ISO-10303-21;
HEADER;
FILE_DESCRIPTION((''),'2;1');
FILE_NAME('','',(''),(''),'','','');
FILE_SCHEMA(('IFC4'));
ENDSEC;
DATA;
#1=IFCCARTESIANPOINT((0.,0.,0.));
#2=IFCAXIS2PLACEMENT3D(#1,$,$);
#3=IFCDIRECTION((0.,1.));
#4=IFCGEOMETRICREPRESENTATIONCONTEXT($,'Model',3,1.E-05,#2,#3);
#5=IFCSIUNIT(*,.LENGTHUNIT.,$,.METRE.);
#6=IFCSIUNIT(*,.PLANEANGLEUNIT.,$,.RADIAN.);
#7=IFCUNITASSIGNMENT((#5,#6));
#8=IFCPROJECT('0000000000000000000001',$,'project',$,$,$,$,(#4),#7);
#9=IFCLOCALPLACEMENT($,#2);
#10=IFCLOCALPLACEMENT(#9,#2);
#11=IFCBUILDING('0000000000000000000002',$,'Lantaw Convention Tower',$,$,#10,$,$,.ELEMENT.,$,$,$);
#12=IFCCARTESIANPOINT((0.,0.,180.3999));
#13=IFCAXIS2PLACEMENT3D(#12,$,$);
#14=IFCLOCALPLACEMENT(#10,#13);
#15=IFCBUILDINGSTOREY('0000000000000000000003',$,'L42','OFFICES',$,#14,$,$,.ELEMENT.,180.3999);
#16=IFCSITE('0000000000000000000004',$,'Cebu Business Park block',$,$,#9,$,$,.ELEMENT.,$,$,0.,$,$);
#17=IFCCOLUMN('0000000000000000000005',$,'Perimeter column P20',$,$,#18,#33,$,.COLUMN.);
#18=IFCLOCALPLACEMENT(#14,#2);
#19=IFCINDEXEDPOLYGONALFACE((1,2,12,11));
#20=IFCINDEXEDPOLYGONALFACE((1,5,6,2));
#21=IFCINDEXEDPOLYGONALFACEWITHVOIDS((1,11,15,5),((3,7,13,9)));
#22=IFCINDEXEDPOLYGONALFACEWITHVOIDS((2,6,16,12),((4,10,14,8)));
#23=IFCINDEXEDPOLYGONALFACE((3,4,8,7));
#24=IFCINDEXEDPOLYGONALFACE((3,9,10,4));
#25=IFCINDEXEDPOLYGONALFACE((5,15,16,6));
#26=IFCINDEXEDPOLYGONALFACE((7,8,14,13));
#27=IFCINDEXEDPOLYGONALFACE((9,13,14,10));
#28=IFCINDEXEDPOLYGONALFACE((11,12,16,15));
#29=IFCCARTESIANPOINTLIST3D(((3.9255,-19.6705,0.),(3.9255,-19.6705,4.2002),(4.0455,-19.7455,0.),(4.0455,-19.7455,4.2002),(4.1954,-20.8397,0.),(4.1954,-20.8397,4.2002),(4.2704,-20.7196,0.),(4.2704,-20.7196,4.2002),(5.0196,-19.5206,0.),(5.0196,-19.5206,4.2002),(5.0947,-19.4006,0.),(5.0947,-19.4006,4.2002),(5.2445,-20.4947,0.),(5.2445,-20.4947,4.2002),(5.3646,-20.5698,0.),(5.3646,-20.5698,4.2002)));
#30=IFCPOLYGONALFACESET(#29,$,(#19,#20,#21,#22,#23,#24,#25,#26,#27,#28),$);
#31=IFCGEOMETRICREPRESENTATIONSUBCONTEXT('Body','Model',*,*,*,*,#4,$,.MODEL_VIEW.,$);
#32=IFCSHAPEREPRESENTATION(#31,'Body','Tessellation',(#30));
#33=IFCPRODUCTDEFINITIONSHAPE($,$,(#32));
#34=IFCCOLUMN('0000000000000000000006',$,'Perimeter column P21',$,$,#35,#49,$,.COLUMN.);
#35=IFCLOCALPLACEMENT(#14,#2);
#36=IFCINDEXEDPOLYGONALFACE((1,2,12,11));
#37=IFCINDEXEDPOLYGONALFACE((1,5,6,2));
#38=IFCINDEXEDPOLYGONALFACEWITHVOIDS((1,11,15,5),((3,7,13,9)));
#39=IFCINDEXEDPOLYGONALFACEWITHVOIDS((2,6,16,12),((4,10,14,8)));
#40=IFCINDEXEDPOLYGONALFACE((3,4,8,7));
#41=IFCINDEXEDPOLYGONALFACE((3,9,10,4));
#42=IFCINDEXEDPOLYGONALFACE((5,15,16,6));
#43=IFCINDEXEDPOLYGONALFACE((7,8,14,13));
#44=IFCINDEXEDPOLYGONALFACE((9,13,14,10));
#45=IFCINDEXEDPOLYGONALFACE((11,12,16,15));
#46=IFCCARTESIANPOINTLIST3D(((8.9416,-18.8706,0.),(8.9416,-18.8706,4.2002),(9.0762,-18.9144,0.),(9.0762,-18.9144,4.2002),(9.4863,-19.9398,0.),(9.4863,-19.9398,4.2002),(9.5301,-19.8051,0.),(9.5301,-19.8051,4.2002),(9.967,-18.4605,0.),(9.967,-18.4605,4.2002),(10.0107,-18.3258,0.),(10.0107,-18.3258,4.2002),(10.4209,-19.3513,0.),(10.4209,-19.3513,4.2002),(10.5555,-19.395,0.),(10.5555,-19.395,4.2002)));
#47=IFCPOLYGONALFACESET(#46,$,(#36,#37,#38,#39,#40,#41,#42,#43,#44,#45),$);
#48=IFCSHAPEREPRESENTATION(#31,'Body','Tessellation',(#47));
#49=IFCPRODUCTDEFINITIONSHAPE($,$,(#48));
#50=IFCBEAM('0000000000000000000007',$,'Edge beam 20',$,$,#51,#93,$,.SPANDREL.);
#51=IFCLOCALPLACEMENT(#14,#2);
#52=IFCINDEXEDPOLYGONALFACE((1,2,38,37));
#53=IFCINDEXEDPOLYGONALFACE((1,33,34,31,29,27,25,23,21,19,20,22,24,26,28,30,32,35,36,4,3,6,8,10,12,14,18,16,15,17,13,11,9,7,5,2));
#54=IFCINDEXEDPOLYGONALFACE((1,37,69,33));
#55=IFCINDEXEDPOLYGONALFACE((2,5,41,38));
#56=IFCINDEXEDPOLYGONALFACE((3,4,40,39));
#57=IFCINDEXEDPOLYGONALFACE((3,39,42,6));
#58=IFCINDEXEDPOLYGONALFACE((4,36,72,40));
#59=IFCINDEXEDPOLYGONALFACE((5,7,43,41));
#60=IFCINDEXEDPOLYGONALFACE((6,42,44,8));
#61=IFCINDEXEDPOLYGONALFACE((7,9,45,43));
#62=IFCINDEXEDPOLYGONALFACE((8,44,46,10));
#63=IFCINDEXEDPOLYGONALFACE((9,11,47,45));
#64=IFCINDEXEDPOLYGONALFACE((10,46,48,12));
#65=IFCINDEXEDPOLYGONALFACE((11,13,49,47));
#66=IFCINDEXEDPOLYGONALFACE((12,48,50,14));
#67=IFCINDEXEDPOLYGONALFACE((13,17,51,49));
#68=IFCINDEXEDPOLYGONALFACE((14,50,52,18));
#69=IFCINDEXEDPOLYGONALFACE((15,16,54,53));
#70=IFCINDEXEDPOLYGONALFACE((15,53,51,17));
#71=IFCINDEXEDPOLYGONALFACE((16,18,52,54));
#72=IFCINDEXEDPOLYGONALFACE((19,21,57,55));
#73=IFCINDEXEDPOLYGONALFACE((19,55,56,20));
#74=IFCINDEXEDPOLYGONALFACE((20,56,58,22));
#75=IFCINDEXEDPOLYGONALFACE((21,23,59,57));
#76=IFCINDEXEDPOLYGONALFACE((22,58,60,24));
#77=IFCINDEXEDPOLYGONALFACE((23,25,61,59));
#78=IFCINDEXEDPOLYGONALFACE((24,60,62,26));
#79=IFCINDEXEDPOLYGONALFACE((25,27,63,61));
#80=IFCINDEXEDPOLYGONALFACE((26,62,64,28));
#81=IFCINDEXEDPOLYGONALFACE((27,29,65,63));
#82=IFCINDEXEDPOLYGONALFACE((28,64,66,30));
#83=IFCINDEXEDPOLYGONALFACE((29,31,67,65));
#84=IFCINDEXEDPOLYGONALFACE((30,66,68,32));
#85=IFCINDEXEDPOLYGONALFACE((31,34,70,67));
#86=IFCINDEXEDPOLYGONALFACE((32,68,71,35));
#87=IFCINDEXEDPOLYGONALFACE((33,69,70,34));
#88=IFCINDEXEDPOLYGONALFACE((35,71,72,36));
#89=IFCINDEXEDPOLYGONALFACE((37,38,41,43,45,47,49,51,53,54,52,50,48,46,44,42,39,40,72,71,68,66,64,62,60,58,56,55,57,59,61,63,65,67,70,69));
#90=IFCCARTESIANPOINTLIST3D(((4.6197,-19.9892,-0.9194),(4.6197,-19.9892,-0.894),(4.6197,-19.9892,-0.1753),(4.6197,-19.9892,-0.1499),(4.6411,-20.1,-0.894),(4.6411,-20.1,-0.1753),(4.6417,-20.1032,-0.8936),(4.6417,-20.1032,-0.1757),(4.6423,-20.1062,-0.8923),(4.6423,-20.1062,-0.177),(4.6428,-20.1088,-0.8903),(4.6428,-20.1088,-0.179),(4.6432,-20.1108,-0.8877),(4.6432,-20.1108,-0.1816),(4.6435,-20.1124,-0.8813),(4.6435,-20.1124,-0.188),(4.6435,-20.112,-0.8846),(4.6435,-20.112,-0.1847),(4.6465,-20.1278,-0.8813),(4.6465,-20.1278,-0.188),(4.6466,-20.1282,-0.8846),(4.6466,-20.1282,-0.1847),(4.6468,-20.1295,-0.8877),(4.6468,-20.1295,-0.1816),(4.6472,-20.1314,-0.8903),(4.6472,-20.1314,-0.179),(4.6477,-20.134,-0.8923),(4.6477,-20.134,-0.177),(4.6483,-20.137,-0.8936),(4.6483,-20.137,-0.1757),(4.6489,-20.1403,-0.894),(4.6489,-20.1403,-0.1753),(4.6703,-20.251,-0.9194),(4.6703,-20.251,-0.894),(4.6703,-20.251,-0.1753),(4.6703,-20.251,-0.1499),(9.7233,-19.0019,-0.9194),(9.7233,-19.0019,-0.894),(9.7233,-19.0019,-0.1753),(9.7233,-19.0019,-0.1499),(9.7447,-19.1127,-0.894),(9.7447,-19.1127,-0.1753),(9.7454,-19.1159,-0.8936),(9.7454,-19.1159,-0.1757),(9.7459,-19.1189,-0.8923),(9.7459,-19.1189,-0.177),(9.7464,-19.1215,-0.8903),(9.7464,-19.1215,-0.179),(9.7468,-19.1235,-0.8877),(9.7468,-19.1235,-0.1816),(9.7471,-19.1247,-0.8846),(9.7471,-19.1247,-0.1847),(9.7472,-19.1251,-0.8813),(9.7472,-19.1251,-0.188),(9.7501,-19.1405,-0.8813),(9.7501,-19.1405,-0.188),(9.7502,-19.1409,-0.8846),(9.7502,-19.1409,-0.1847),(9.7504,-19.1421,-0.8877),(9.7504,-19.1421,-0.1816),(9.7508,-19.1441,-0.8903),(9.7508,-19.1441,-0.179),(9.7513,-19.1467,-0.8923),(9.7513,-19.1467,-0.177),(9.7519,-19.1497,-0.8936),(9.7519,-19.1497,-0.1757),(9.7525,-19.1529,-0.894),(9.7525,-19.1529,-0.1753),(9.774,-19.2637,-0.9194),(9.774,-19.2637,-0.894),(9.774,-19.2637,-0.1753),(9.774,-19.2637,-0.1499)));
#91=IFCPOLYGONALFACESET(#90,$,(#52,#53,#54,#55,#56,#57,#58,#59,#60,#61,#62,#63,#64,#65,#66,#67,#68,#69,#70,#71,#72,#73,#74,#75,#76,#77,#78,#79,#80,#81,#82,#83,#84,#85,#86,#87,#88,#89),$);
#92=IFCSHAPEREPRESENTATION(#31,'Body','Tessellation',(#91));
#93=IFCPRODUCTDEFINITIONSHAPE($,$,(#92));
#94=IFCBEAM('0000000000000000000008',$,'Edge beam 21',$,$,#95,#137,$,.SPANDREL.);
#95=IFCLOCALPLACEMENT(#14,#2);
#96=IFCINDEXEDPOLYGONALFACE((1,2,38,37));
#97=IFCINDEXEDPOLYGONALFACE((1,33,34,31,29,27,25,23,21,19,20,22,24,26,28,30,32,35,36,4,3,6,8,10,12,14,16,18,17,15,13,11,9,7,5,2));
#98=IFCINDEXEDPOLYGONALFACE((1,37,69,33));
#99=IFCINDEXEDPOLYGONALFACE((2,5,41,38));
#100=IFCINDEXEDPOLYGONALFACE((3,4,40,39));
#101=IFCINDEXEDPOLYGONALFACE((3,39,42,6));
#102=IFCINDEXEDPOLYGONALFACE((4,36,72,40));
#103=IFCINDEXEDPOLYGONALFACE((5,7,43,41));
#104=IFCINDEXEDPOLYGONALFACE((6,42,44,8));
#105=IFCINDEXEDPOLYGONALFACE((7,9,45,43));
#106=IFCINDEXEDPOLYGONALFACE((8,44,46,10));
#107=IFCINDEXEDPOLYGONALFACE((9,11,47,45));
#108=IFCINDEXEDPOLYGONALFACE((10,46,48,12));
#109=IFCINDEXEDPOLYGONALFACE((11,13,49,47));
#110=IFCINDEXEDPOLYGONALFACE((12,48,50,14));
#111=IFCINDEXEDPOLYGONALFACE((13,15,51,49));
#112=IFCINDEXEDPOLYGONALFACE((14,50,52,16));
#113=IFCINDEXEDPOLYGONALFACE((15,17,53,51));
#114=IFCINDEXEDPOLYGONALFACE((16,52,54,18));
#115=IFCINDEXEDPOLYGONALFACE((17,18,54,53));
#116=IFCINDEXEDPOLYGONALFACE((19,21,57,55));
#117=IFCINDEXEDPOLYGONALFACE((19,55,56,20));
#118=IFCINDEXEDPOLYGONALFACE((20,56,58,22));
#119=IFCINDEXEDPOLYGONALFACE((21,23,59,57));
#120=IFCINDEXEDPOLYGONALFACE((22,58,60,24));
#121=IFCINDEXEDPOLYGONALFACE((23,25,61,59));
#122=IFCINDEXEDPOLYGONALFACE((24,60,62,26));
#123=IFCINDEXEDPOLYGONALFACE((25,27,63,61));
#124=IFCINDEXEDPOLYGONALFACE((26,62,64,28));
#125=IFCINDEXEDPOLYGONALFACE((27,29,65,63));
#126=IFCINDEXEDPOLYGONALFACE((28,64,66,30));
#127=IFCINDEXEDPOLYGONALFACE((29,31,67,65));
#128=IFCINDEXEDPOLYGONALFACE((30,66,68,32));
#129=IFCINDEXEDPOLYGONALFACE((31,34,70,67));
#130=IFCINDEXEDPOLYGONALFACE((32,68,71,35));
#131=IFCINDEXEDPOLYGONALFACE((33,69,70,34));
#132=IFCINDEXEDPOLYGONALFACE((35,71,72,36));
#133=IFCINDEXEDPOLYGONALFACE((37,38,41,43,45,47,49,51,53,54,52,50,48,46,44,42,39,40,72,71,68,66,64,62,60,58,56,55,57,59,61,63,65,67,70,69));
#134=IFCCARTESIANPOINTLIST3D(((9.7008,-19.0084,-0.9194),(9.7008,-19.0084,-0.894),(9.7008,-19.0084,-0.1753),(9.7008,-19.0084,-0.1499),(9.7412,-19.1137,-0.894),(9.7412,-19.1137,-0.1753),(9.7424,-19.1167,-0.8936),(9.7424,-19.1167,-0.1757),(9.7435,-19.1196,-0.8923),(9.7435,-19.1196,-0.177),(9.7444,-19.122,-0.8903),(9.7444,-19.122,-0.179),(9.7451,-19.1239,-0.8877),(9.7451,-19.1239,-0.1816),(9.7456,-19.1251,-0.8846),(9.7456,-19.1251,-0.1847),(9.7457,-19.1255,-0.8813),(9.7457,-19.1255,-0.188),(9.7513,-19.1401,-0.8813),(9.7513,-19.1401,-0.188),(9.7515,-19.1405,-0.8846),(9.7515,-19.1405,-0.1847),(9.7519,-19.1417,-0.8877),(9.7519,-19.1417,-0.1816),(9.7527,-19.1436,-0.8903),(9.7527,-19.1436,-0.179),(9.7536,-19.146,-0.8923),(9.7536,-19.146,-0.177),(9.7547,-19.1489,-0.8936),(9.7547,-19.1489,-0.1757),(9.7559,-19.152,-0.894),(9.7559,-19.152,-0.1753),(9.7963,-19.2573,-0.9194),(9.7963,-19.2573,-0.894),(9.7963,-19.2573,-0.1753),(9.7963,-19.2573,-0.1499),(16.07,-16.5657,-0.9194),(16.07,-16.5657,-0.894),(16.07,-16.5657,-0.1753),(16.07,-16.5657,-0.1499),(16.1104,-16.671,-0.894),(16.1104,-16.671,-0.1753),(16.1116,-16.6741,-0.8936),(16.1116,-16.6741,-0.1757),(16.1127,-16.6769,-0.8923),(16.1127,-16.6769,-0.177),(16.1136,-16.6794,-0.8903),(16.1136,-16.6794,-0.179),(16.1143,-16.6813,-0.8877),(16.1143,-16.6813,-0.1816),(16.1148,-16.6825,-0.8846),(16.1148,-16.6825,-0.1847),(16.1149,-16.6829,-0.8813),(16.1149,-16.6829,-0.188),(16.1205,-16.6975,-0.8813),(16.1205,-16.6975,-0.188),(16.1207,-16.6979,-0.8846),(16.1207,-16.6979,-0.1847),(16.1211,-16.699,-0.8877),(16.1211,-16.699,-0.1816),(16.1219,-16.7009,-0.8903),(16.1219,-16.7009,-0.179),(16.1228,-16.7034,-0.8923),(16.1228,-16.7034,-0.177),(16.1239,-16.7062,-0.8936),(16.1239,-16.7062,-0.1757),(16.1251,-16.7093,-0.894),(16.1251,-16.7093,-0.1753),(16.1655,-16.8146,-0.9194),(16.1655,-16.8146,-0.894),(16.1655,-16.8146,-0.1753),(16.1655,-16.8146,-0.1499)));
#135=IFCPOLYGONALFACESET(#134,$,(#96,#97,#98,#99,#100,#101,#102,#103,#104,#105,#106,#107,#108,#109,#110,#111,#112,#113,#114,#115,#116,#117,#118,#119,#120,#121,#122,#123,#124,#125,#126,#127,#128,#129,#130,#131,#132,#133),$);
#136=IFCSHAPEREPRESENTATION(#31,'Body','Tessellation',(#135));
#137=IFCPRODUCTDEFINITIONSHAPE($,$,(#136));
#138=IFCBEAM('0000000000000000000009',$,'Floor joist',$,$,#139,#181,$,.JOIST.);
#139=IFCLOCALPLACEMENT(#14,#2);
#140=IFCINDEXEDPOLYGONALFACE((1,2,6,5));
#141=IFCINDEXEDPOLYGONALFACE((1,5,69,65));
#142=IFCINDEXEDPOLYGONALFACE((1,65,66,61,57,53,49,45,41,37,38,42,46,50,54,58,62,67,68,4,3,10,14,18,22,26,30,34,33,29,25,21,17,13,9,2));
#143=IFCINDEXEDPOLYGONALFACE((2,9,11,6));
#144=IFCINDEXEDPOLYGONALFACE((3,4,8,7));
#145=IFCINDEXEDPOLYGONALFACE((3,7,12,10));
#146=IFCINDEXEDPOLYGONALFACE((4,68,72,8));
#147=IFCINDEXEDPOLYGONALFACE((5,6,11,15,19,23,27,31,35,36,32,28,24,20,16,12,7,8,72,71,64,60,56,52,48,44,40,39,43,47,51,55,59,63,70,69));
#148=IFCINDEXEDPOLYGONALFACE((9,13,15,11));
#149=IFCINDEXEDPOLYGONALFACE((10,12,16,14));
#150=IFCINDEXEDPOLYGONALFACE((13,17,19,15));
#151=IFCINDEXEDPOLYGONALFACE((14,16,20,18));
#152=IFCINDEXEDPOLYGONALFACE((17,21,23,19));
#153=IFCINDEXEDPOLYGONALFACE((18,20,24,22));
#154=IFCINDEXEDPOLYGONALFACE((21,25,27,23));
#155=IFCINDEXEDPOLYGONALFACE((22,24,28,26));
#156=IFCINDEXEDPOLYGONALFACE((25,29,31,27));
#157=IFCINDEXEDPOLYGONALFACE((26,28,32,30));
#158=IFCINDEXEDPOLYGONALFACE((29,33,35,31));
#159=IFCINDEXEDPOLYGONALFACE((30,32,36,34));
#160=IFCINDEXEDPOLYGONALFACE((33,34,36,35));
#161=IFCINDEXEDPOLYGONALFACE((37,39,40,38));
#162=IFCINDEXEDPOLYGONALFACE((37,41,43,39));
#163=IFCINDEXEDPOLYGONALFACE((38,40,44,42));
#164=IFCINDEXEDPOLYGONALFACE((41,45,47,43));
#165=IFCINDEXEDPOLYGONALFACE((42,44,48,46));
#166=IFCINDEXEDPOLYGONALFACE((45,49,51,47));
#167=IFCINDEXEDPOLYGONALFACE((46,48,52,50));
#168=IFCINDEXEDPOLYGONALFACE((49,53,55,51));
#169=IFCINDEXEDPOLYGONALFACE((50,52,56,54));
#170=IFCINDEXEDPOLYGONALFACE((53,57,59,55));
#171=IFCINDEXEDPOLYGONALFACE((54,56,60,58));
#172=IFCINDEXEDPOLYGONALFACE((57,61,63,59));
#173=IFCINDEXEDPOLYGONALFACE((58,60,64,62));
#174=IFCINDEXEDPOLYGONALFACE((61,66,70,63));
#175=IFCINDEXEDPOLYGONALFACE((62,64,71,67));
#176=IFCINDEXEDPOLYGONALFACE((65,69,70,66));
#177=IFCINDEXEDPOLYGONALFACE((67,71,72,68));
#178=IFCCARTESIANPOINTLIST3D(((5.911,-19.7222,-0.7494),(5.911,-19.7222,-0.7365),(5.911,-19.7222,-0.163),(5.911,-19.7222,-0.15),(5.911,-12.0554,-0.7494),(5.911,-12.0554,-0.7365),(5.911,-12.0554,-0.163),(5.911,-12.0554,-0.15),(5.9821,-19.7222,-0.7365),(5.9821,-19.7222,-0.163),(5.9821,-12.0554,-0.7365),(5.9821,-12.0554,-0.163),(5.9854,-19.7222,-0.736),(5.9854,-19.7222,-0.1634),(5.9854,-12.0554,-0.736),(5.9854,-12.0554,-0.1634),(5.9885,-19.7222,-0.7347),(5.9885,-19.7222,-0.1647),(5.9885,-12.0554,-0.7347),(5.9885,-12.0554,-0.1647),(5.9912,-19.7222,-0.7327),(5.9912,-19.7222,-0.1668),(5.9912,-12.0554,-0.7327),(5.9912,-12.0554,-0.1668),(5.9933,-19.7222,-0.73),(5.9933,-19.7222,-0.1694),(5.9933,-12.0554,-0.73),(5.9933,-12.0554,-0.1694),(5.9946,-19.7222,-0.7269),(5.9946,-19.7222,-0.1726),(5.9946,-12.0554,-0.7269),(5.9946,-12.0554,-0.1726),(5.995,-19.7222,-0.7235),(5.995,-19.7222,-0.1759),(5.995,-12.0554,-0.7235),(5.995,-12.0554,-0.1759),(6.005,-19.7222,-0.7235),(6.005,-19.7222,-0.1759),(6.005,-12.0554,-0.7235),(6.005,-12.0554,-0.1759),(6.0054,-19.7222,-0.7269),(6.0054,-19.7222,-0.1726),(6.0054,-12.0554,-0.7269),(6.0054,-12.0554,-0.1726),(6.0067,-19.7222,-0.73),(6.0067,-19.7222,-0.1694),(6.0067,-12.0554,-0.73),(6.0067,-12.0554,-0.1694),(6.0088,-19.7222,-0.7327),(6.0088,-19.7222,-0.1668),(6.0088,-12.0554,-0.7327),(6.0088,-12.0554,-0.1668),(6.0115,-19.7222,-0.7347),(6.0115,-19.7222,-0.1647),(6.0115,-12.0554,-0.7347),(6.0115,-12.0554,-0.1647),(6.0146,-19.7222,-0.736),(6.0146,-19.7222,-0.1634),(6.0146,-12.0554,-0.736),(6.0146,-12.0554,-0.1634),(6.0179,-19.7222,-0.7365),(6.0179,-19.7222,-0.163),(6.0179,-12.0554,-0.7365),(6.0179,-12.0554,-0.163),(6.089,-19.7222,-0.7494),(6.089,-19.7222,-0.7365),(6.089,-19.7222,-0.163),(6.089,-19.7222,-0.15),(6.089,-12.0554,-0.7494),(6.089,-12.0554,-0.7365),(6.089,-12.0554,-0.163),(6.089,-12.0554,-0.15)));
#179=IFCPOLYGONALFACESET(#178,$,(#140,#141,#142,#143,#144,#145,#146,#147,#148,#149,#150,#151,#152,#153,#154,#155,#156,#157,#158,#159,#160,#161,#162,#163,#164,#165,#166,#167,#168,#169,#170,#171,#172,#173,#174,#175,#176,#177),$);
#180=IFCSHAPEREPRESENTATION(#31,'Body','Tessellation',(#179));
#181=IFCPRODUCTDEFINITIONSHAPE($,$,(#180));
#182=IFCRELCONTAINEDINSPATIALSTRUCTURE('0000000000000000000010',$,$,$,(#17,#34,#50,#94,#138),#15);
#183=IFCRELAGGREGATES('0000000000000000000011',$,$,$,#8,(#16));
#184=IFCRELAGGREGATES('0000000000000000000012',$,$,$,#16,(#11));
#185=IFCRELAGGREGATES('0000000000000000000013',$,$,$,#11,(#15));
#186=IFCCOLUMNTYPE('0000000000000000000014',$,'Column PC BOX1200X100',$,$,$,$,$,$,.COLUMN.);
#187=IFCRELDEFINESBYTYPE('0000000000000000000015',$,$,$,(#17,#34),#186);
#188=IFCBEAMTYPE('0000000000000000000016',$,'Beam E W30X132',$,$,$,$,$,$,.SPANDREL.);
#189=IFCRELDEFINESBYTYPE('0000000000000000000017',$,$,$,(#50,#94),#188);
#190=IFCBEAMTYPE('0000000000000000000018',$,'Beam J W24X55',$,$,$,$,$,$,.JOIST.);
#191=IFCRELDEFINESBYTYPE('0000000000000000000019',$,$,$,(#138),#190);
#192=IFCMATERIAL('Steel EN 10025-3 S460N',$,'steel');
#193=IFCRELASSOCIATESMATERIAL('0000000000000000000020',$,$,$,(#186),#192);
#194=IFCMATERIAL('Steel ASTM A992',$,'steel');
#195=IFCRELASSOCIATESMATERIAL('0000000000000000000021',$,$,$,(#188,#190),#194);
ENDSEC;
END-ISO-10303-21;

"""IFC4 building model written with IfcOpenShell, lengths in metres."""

from ifc_helpers import new_model, si_unit, direction, frame, origin, origin_2d, place, context, subcontext, project, spatial, rectangle, hollow_rectangle, i_section, extrude, material, material_profile, profile_set, type_object, element, save


model = new_model("IFC4")

# Units and contexts
model_context = context("Model", 3, precision=1e-05, world=origin(), true_north=direction((0.0, 1.0)))
body_context = subcontext(model_context, "Body", "Model", "MODEL_VIEW")
ifc_project = project(units=[si_unit("LENGTHUNIT", "METRE"), si_unit("PLANEANGLEUNIT", "RADIAN")], contexts=[model_context])

# Site, building, storey
site_placement = place(None, origin())
site = spatial("IfcSite", under=ifc_project, at=site_placement, Name="Cebu Business Park block", CompositionType="ELEMENT", RefElevation=0.0)
building_placement = place(site_placement, origin())
building = spatial("IfcBuilding", under=site, at=building_placement, Name="Lantaw Convention Tower", CompositionType="ELEMENT")
storey_placement = place(building_placement, frame((0.0, 0.0, 180.3999)))
storey = spatial("IfcBuildingStorey", under=building, at=storey_placement, Name="L42", Description="OFFICES", CompositionType="ELEMENT", Elevation=180.3999)

# Columns
ifc_material_1 = material(Name="Steel EN 10025-3 S460N", Category="steel")
ifc_material_profile_1 = material_profile(ifc_material_1, hollow_rectangle(XDim=1.2, YDim=1.2, WallThickness=0.1001, at=origin_2d()), Name="BOX1200X100")
ifc_material_2 = material(Name="Concrete C60/75", Category="concrete")
ifc_material_profile_2 = material_profile(ifc_material_2, rectangle(XDim=1.0, YDim=1.0, at=origin_2d()), Name="Concrete fill of BOX1200X100")
ifc_profile_set_1 = profile_set([ifc_material_profile_1, ifc_material_profile_2], Name="Steel EN 10025-3 S460N")
column_type = type_object("IfcColumnType", Name="Column PC BOX1200X100", PredefinedType="COLUMN", material=ifc_profile_set_1)
for number, where, z_axis, x_axis, name in (
    (1, (4.645, -20.1201, 0.0), (0.0, 0.0, 1.0), (0.97437, 0.224951, 0.0), "Perimeter column P20"),
    (2, (9.7485, -19.1328, 0.0), (0.0, 0.0, 1.0), (0.891007, 0.45399, 0.0), "Perimeter column P21"),
):
    element("IfcColumn", number, at=place(storey_placement, frame(where, z_axis=z_axis, x_axis=x_axis)), inside=storey, type_object=column_type, Name=name, PredefinedType="COLUMN", context=body_context, shape_type="SweptSolid", body=[
        extrude(hollow_rectangle(XDim=1.2, YDim=1.2, WallThickness=0.1001, at=origin_2d()), origin(), (0.0, 0.0, 1.0), 4.2002),
    ])

# Beams
ifc_material_3 = material(Name="Steel ASTM A992", Category="steel")
ifc_material_profile_3 = material_profile(ifc_material_3, i_section(OverallWidth=0.2666, OverallDepth=0.7695, WebThickness=0.0156, FlangeThickness=0.0254, FilletRadius=0.0127, at=origin_2d()), Name="W30X132")
ifc_profile_set_2 = profile_set([ifc_material_profile_3], Name="Steel ASTM A992")
beam_type_1 = type_object("IfcBeamType", Name="Beam E W30X132", PredefinedType="SPANDREL", material=ifc_profile_set_2)
beam_1_placement = place(storey_placement, frame((4.645, -20.1201, -0.5347), z_axis=(0.981797, 0.189934, 0.0), x_axis=(-0.189934, 0.981797, 0.0)))
element("IfcBeam", 3, at=beam_1_placement, inside=storey, type_object=beam_type_1, Name="Edge beam 20", PredefinedType="SPANDREL", context=body_context, shape_type="SweptSolid", body=[
    extrude(i_section(OverallWidth=0.2666, OverallDepth=0.7695, WebThickness=0.0156, FlangeThickness=0.0254, FilletRadius=0.0127, at=origin_2d()), origin(), (0.0, 0.0, 1.0), 5.1982),
])
beam_2_placement = place(storey_placement, frame((9.7485, -19.1328, -0.5347), z_axis=(0.933691, 0.35808, 0.0), x_axis=(-0.35808, 0.933691, 0.0)))
element("IfcBeam", 4, at=beam_2_placement, inside=storey, type_object=beam_type_1, Name="Edge beam 21", PredefinedType="SPANDREL", context=body_context, shape_type="SweptSolid", body=[
    extrude(i_section(OverallWidth=0.2666, OverallDepth=0.7695, WebThickness=0.0156, FlangeThickness=0.0254, FilletRadius=0.0127, at=origin_2d()), origin(), (0.0, 0.0, 1.0), 6.8215),
])
ifc_material_profile_4 = material_profile(ifc_material_3, i_section(OverallWidth=0.178, OverallDepth=0.5994, WebThickness=0.01, FlangeThickness=0.0129, FilletRadius=0.0129, at=origin_2d()), Name="W24X55")
ifc_profile_set_3 = profile_set([ifc_material_profile_4], Name="Steel ASTM A992")
beam_type_2 = type_object("IfcBeamType", Name="Beam J W24X55", PredefinedType="JOIST", material=ifc_profile_set_3)
beam_3_placement = place(storey_placement, frame((6.0, -19.7222, -0.4497), z_axis=(0.0, 1.0, 0.0), x_axis=(-1.0, 0.0, 0.0)))
element("IfcBeam", 5, at=beam_3_placement, inside=storey, type_object=beam_type_2, Name="Floor joist", PredefinedType="JOIST", context=body_context, shape_type="SweptSolid", body=[
    extrude(i_section(OverallWidth=0.178, OverallDepth=0.5994, WebThickness=0.01, FlangeThickness=0.0129, FilletRadius=0.0129, at=origin_2d()), origin(), (0.0, 0.0, 1.0), 7.6667),
])

save(model, "model.ifc")
